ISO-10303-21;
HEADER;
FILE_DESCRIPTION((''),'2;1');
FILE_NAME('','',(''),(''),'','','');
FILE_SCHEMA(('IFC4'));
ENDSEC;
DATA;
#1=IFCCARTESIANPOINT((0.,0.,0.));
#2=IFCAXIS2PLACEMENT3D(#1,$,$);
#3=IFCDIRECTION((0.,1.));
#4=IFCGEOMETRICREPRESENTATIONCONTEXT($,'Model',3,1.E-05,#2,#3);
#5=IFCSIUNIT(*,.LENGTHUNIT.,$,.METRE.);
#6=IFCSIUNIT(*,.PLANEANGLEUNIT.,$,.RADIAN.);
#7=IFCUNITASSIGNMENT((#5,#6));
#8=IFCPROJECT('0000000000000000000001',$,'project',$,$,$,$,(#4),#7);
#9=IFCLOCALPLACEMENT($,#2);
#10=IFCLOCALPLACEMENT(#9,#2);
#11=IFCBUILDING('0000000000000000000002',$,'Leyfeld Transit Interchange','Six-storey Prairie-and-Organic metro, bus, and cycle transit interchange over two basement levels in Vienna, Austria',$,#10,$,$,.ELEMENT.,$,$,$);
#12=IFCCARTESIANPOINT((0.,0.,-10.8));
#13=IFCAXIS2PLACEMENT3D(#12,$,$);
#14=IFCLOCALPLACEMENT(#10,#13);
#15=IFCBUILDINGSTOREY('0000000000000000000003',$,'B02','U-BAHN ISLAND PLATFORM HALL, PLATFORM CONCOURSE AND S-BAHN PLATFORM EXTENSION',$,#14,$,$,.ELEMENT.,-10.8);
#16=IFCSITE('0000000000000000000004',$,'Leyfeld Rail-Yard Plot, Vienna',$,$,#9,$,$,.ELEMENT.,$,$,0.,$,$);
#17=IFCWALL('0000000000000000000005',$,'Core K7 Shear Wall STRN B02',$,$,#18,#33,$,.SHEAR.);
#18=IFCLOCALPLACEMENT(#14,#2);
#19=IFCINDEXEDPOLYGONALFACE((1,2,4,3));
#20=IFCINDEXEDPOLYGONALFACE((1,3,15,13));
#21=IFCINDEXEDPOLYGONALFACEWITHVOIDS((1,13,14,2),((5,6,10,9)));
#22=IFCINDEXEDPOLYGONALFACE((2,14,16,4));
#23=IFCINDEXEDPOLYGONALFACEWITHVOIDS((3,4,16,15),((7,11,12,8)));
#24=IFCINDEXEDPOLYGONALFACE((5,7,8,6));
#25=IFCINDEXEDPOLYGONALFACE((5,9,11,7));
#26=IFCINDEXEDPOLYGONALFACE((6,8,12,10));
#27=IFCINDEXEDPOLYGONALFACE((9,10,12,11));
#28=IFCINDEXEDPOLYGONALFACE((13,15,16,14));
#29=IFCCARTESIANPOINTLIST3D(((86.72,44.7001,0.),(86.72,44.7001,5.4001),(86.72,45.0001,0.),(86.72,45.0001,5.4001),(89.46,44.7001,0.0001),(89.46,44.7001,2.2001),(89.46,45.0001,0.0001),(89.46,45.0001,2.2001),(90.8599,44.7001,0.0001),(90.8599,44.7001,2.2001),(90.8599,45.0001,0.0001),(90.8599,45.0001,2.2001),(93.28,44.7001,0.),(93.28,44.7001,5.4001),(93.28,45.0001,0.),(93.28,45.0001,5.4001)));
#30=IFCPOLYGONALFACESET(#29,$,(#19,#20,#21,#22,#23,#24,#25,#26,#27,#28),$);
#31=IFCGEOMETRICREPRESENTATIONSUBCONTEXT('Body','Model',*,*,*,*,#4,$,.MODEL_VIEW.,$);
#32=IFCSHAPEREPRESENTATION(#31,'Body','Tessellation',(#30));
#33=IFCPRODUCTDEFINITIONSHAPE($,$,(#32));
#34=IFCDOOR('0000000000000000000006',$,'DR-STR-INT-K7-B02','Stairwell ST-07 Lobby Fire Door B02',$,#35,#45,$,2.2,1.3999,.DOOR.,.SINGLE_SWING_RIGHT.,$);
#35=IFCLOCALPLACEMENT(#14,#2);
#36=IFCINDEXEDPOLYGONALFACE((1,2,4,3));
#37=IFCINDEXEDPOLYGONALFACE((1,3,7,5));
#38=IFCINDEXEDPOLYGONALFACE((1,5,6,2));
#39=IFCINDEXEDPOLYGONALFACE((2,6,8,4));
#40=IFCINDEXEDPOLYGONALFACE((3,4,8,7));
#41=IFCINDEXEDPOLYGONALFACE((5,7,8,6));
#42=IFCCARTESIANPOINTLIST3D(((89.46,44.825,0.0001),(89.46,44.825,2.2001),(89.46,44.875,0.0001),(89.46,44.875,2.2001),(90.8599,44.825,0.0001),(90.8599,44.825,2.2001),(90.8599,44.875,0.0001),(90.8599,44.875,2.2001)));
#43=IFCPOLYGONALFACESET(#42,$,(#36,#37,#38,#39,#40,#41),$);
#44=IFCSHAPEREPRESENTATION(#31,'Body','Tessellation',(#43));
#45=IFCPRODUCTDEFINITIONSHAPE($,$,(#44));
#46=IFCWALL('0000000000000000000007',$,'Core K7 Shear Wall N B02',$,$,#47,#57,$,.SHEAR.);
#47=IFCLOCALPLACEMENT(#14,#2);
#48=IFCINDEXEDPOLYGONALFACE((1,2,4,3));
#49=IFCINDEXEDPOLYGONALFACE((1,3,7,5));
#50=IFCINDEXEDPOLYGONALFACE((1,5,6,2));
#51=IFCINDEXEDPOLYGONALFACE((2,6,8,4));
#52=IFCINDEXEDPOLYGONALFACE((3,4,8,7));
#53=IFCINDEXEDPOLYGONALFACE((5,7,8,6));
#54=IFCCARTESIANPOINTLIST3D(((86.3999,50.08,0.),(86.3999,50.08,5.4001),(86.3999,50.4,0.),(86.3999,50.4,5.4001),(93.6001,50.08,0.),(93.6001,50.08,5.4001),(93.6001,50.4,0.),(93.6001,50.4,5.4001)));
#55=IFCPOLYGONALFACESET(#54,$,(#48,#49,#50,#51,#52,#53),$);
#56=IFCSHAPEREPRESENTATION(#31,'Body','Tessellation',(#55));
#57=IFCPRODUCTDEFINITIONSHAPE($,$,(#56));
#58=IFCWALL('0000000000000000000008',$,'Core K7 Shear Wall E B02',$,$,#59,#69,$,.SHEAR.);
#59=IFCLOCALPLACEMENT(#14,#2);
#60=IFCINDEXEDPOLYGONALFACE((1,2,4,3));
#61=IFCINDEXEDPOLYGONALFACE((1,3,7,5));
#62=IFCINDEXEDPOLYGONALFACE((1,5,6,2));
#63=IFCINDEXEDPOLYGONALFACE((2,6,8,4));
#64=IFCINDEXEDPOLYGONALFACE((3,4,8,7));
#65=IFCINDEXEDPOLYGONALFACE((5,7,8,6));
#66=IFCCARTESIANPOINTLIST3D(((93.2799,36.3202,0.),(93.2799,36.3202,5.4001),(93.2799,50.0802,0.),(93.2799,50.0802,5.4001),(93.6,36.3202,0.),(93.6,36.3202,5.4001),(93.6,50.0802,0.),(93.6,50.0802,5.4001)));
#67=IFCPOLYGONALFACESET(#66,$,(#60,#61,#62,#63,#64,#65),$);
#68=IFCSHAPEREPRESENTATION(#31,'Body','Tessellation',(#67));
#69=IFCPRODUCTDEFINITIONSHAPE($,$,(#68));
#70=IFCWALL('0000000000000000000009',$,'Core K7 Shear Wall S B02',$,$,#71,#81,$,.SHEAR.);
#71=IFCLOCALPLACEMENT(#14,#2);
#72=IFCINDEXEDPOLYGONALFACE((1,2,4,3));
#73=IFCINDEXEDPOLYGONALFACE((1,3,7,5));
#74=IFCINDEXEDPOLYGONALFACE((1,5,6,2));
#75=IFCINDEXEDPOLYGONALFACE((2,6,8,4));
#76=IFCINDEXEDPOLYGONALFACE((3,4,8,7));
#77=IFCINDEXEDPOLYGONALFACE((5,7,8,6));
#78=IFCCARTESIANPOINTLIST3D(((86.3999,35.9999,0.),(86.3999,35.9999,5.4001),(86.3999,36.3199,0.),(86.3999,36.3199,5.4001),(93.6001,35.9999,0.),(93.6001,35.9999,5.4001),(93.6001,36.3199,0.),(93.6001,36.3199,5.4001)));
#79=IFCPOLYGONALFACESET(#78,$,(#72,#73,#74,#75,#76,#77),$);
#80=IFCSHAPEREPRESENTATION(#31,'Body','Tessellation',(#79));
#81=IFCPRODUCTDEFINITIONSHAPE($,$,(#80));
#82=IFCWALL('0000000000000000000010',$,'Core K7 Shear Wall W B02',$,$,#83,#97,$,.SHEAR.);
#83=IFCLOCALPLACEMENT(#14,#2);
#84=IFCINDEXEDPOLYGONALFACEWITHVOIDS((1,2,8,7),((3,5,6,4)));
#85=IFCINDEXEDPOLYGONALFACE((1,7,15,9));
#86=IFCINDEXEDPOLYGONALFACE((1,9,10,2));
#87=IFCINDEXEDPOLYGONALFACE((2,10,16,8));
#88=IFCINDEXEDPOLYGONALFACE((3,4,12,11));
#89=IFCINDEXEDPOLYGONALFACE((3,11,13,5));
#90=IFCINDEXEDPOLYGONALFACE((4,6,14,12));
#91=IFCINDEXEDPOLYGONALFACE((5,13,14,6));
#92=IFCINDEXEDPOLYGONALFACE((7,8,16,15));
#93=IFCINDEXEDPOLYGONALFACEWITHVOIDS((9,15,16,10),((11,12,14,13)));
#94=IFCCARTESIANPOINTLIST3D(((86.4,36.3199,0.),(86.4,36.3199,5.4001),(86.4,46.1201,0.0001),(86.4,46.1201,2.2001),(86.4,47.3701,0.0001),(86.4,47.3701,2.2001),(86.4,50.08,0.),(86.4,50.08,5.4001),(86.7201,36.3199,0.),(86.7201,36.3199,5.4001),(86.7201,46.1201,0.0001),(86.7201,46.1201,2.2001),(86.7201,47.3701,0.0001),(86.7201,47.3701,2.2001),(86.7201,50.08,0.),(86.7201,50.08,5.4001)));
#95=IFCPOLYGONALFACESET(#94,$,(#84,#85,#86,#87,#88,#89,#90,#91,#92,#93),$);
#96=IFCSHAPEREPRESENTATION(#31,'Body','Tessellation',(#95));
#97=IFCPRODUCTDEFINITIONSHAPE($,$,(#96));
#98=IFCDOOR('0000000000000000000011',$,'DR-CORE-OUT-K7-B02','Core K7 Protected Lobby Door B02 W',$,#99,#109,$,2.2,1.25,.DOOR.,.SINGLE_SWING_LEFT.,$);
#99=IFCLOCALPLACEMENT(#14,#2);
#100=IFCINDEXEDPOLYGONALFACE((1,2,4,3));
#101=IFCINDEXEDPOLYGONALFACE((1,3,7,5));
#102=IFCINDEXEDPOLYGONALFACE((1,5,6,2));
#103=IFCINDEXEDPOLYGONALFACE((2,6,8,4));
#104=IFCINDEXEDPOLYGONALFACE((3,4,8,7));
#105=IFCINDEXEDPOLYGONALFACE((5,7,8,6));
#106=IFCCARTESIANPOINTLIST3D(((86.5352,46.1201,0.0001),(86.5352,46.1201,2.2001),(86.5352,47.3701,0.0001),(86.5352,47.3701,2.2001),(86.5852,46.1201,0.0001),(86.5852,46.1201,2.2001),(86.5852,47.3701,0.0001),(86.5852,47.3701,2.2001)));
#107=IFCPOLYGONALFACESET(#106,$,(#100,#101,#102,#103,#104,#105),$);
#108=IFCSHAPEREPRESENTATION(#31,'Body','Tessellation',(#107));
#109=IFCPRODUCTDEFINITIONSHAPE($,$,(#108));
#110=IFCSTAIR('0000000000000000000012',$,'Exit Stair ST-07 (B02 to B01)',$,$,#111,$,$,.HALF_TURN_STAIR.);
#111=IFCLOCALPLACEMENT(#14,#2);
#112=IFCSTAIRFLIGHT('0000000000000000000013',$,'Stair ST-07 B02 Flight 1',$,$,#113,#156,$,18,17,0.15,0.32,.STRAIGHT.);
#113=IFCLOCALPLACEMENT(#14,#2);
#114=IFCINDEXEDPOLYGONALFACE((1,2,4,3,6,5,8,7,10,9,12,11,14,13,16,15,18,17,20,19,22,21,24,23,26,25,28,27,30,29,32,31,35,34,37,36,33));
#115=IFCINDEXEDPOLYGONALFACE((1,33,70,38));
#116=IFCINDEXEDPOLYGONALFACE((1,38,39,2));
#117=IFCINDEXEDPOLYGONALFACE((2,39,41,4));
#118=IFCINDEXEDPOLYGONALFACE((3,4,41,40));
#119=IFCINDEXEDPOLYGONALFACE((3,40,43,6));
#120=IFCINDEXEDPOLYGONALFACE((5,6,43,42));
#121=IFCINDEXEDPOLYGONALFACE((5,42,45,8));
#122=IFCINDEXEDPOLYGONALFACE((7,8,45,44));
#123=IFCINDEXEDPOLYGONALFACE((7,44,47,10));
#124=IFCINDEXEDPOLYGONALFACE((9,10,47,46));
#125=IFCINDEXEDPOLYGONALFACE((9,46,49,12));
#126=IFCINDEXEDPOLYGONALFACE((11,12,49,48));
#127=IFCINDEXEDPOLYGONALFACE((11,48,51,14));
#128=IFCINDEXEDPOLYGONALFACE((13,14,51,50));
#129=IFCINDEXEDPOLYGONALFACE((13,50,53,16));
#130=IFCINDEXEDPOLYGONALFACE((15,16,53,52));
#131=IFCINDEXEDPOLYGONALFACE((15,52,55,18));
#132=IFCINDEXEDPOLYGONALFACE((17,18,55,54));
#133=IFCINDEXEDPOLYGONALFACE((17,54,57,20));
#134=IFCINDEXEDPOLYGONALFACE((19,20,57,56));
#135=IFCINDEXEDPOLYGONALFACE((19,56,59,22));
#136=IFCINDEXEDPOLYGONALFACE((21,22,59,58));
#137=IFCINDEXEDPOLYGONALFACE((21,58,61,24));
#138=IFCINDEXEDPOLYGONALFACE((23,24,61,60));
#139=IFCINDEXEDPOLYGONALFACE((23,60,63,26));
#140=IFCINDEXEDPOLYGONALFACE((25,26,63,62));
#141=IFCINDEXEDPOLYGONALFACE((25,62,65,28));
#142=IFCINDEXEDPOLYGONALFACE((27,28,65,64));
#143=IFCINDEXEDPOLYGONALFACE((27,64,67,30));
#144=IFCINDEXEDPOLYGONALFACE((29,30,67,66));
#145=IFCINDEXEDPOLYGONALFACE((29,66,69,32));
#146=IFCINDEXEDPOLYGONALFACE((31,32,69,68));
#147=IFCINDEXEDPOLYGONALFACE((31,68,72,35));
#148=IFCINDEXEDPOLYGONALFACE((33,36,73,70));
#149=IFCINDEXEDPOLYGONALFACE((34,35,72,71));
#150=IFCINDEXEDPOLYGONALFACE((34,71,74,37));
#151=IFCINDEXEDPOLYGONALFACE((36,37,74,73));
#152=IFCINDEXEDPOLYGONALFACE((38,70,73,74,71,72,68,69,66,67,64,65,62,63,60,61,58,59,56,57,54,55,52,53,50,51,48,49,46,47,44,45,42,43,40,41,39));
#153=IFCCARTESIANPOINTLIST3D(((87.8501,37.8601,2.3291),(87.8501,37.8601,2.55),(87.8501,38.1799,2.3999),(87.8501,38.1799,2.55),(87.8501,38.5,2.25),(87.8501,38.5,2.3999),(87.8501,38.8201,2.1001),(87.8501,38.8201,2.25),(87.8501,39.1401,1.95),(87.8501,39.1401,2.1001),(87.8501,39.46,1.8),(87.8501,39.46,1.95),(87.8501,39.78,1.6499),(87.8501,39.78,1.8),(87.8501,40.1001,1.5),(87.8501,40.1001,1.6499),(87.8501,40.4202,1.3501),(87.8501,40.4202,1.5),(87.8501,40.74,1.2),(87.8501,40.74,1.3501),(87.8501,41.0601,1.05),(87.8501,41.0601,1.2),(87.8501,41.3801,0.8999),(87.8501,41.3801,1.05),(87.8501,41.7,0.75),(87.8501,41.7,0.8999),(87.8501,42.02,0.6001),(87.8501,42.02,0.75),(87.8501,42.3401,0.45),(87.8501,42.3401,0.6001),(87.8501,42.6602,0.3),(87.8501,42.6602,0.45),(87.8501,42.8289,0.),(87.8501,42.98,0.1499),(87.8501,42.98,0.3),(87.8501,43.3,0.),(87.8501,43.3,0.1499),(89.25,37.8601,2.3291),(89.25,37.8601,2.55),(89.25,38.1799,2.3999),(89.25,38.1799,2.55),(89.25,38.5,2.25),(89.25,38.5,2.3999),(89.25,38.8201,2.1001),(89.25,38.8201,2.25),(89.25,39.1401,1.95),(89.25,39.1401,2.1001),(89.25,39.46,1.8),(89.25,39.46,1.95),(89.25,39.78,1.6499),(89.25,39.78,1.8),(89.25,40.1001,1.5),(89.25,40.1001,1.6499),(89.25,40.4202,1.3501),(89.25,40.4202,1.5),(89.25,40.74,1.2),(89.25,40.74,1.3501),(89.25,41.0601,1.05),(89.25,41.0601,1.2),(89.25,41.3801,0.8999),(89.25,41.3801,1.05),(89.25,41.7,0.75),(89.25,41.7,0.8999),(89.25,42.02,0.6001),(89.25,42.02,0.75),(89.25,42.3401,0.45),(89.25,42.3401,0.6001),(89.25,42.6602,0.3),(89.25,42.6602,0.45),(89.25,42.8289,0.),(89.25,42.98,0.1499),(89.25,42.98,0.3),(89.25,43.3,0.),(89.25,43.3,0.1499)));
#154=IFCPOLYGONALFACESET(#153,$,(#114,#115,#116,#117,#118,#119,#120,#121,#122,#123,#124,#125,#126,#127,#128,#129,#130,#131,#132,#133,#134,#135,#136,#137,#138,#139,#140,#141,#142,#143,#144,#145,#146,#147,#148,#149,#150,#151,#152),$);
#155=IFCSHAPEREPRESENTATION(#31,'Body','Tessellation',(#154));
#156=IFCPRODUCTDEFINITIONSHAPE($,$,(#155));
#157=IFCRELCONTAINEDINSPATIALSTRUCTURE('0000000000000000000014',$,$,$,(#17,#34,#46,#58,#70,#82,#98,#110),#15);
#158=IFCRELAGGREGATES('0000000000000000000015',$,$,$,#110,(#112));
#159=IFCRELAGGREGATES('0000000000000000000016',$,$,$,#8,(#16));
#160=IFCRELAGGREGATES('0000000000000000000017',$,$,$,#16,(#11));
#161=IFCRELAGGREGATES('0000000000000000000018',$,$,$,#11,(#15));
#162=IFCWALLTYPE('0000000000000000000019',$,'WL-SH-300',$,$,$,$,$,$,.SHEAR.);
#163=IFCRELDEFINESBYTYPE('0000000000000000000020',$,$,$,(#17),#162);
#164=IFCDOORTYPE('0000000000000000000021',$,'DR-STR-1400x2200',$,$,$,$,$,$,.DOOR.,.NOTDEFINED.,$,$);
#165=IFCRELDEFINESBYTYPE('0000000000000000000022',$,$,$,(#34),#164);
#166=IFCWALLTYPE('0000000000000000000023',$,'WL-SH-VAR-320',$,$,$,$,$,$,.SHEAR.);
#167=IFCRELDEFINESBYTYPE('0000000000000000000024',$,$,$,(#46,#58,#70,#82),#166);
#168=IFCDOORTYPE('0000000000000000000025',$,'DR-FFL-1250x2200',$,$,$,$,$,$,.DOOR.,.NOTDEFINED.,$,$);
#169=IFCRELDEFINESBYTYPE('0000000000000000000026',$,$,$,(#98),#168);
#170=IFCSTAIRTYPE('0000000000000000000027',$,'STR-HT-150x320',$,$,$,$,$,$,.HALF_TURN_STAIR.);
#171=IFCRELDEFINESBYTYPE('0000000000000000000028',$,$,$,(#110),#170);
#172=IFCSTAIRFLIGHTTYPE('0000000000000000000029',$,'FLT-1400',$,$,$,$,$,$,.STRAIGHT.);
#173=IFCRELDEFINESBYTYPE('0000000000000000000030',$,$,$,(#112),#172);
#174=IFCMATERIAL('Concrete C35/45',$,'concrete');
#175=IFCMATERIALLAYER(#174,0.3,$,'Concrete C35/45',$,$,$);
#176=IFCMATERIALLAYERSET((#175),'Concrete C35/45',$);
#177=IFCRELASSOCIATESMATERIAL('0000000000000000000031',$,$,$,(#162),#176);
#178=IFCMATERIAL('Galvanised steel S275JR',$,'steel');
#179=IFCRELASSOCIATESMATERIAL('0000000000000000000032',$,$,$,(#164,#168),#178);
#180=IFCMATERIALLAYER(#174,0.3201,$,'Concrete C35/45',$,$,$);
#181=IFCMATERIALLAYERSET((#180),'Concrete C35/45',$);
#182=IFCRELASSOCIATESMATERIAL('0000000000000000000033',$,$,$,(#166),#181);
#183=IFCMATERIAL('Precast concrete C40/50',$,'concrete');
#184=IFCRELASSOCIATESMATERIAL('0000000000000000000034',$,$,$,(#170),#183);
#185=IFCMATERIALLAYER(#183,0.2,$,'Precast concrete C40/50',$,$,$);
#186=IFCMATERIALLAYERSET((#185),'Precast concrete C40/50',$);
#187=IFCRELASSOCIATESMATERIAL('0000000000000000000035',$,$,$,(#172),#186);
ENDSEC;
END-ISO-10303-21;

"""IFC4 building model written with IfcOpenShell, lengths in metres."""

from ifc_helpers import new_model, si_unit, direction, frame, frame_2d, origin, place, context, subcontext, project, spatial, polyline, rectangle, outline, extrude, material, layer, layer_set, type_object, element, fill, aggregate, save


model = new_model("IFC4")

# Units and contexts
model_context = context("Model", 3, precision=1e-05, world=origin(), true_north=direction((0.0, 1.0)))
body_context = subcontext(model_context, "Body", "Model", "MODEL_VIEW")
ifc_project = project(units=[si_unit("LENGTHUNIT", "METRE"), si_unit("PLANEANGLEUNIT", "RADIAN")], contexts=[model_context])

# Site, building, storey
site_placement = place(None, origin())
site = spatial("IfcSite", under=ifc_project, at=site_placement, Name="Leyfeld Rail-Yard Plot, Vienna", CompositionType="ELEMENT", RefElevation=0.0)
building_placement = place(site_placement, origin())
building = spatial("IfcBuilding", under=site, at=building_placement, Name="Leyfeld Transit Interchange", Description="Six-storey Prairie-and-Organic metro, bus, and cycle transit interchange over two basement levels in Vienna, Austria", CompositionType="ELEMENT")
storey_placement = place(building_placement, frame((0.0, 0.0, -10.8)))
storey = spatial("IfcBuildingStorey", under=building, at=storey_placement, Name="B02", Description="U-BAHN ISLAND PLATFORM HALL, PLATFORM CONCOURSE AND S-BAHN PLATFORM EXTENSION", CompositionType="ELEMENT", Elevation=-10.8)

# Shared definitions
ifc_material_1 = material(Name="Concrete C35/45", Category="concrete")

# Wall, opening, door
ifc_layer_1 = layer(ifc_material_1, 0.3, Name="Concrete C35/45")
ifc_layer_set_1 = layer_set([ifc_layer_1], Name="Concrete C35/45")
wall_type_1 = type_object("IfcWallType", Name="WL-SH-300", PredefinedType="SHEAR", material=ifc_layer_set_1)
wall_1_placement = place(storey_placement, frame((86.72, 44.8501, 0.0), z_axis=(0.0, 0.0, 1.0), x_axis=(1.0, 0.0, 0.0)))
wall_1 = element("IfcWall", 1, at=wall_1_placement, inside=storey, type_object=wall_type_1, Name="Core K7 Shear Wall STRN B02", PredefinedType="SHEAR", context=body_context, shape_type="SweptSolid", body=[
    extrude(rectangle(XDim=6.5601, YDim=0.3, at=frame_2d((3.28, 0.0))), origin(), (0.0, 0.0, 1.0), 5.4001),
])
opening_1_placement = place(wall_1_placement, frame((2.74, 0.0, 0.0)))
opening_1 = element("IfcOpeningElement", 2, at=opening_1_placement, cuts=wall_1, PredefinedType="OPENING", context=body_context, shape_type="SweptSolid", body=[
    extrude(rectangle(XDim=1.3999, YDim=2.2, at=frame_2d((0.7, 1.1001))), frame((0.0, 0.1599, 0.0), z_axis=(0.0, -1.0, 0.0), x_axis=(1.0, 0.0, 0.0)), (0.0, 0.0, 1.0), 0.3201),
])
ifc_material_2 = material(Name="Galvanised steel S275JR", Category="steel")
door_type_1 = type_object("IfcDoorType", Name="DR-STR-1400x2200", OperationType="NOTDEFINED", PredefinedType="DOOR", material=ifc_material_2)
door_1_placement = place(opening_1_placement, origin())
door_1 = element("IfcDoor", 3, at=door_1_placement, inside=storey, type_object=door_type_1, Name="DR-STR-INT-K7-B02", Description="Stairwell ST-07 Lobby Fire Door B02", OperationType="SINGLE_SWING_RIGHT", OverallHeight=2.2, OverallWidth=1.3999, PredefinedType="DOOR", context=body_context, shape_type="SweptSolid", body=[
    extrude(rectangle(XDim=1.3999, YDim=2.2, at=frame_2d((0.7, 1.1001))), frame((0.0, 0.0249, 0.0), z_axis=(0.0, -1.0, 0.0), x_axis=(1.0, 0.0, 0.0)), (0.0, 0.0, 1.0), 0.05),
])
fill(opening_1, door_1)

# Walls
ifc_layer_2 = layer(ifc_material_1, 0.3201, Name="Concrete C35/45")
ifc_layer_set_2 = layer_set([ifc_layer_2], Name="Concrete C35/45")
wall_type_2 = type_object("IfcWallType", Name="WL-SH-VAR-320", PredefinedType="SHEAR", material=ifc_layer_set_2)
wall_2_placement = place(storey_placement, frame((86.3999, 50.24, 0.0), z_axis=(0.0, 0.0, 1.0), x_axis=(1.0, 0.0, 0.0)))
element("IfcWall", 4, at=wall_2_placement, inside=storey, type_object=wall_type_2, Name="Core K7 Shear Wall N B02", PredefinedType="SHEAR", context=body_context, shape_type="SweptSolid", body=[
    extrude(rectangle(XDim=7.2002, YDim=0.3201, at=frame_2d((3.6001, 0.0))), origin(), (0.0, 0.0, 1.0), 5.4001),
])
wall_3_placement = place(storey_placement, frame((93.4399, 50.0801, 0.0), z_axis=(0.0, 0.0, 1.0), x_axis=(0.0, -1.0, 0.0)))
element("IfcWall", 5, at=wall_3_placement, inside=storey, type_object=wall_type_2, Name="Core K7 Shear Wall E B02", PredefinedType="SHEAR", context=body_context, shape_type="SweptSolid", body=[
    extrude(rectangle(XDim=13.76, YDim=0.3201, at=frame_2d((6.8799, 0.0))), origin(), (0.0, 0.0, 1.0), 5.4001),
])
wall_4_placement = place(storey_placement, frame((93.6001, 36.1599, 0.0), z_axis=(0.0, 0.0, 1.0), x_axis=(-1.0, 0.0, 0.0)))
element("IfcWall", 6, at=wall_4_placement, inside=storey, type_object=wall_type_2, Name="Core K7 Shear Wall S B02", PredefinedType="SHEAR", context=body_context, shape_type="SweptSolid", body=[
    extrude(rectangle(XDim=7.2002, YDim=0.3201, at=frame_2d((3.6001, 0.0))), origin(), (0.0, 0.0, 1.0), 5.4001),
])

# Wall, opening, door
wall_5_placement = place(storey_placement, frame((86.5601, 36.3201, 0.0), z_axis=(0.0, 0.0, 1.0), x_axis=(0.0, 1.0, 0.0)))
wall_5 = element("IfcWall", 7, at=wall_5_placement, inside=storey, type_object=wall_type_2, Name="Core K7 Shear Wall W B02", PredefinedType="SHEAR", context=body_context, shape_type="SweptSolid", body=[
    extrude(rectangle(XDim=13.76, YDim=0.3201, at=frame_2d((6.8799, 0.0))), origin(), (0.0, 0.0, 1.0), 5.4001),
])
opening_2_placement = place(wall_5_placement, frame((9.8, 0.0, 0.0)))
opening_2 = element("IfcOpeningElement", 8, at=opening_2_placement, cuts=wall_5, PredefinedType="OPENING", context=body_context, shape_type="SweptSolid", body=[
    extrude(rectangle(XDim=1.25, YDim=2.2, at=frame_2d((0.625, 1.1001))), frame((0.0, 0.1699, 0.0), z_axis=(0.0, -1.0, 0.0), x_axis=(1.0, 0.0, 0.0)), (0.0, 0.0, 1.0), 0.3401),
])
door_type_2 = type_object("IfcDoorType", Name="DR-FFL-1250x2200", OperationType="NOTDEFINED", PredefinedType="DOOR", material=ifc_material_2)
door_2_placement = place(opening_2_placement, origin())
door_2 = element("IfcDoor", 9, at=door_2_placement, inside=storey, type_object=door_type_2, Name="DR-CORE-OUT-K7-B02", Description="Core K7 Protected Lobby Door B02 W", OperationType="SINGLE_SWING_LEFT", OverallHeight=2.2, OverallWidth=1.25, PredefinedType="DOOR", context=body_context, shape_type="SweptSolid", body=[
    extrude(rectangle(XDim=1.25, YDim=2.2, at=frame_2d((0.625, 1.1001))), frame((0.0, 0.0249, 0.0), z_axis=(0.0, -1.0, 0.0), x_axis=(1.0, 0.0, 0.0)), (0.0, 0.0, 1.0), 0.05),
])
fill(opening_2, door_2)

# Stair, stair flight
ifc_material_3 = material(Name="Precast concrete C40/50", Category="concrete")
stair_type = type_object("IfcStairType", Name="STR-HT-150x320", PredefinedType="HALF_TURN_STAIR", material=ifc_material_3)
stair_placement = place(storey_placement, origin())
stair = element("IfcStair", 10, at=stair_placement, inside=storey, type_object=stair_type, Name="Exit Stair ST-07 (B02 to B01)", PredefinedType="HALF_TURN_STAIR")
ifc_layer_3 = layer(ifc_material_3, 0.2, Name="Precast concrete C40/50")
ifc_layer_set_3 = layer_set([ifc_layer_3], Name="Precast concrete C40/50")
stair_flight_type = type_object("IfcStairFlightType", Name="FLT-1400", PredefinedType="STRAIGHT", material=ifc_layer_set_3)
stair_flight_1_placement = place(storey_placement, frame((88.55, 43.3, 0.0), z_axis=(0.0, 0.0, 1.0), x_axis=(0.0, -1.0, 0.0)))
stair_flight_1 = element("IfcStairFlight", 11, at=stair_flight_1_placement, type_object=stair_flight_type, Name="Stair ST-07 B02 Flight 1", NumberOfRisers=18, NumberOfTreads=17, PredefinedType="STRAIGHT", RiserHeight=0.15, TreadLength=0.32, context=body_context, shape_type="SweptSolid", body=[
    extrude(outline(polyline([(0.0, 0.0), (0.0, 0.1499), (0.3201, 0.1499), (0.3201, 0.3), (0.6399, 0.3), (0.6399, 0.45), (0.96, 0.45), (0.96, 0.6001), (1.28, 0.6001), (1.28, 0.75), (1.6001, 0.75), (1.6001, 0.8999), (1.9199, 0.8999), (1.9199, 1.05), (2.24, 1.05), (2.24, 1.2), (2.5601, 1.2), (2.5601, 1.3501), (2.8799, 1.3501), (2.8799, 1.5), (3.2, 1.5), (3.2, 1.6499), (3.52, 1.6499), (3.52, 1.8), (3.8401, 1.8), (3.8401, 1.95), (4.1599, 1.95), (4.1599, 2.1001), (4.48, 2.1001), (4.48, 2.25), (4.8, 2.25), (4.8, 2.3999), (5.1201, 2.3999), (5.1201, 2.55), (5.4399, 2.55), (5.4399, 2.7), (5.4399, 2.3291), (0.4712, 0.0), (0.0, 0.0)])), frame((0.0, 0.7, 0.0), z_axis=(0.0, -1.0, 0.0), x_axis=(1.0, 0.0, 0.0)), (0.0, 0.0, 1.0), 1.3999),
])
aggregate(stair, [stair_flight_1])

save(model, "model.ifc")
